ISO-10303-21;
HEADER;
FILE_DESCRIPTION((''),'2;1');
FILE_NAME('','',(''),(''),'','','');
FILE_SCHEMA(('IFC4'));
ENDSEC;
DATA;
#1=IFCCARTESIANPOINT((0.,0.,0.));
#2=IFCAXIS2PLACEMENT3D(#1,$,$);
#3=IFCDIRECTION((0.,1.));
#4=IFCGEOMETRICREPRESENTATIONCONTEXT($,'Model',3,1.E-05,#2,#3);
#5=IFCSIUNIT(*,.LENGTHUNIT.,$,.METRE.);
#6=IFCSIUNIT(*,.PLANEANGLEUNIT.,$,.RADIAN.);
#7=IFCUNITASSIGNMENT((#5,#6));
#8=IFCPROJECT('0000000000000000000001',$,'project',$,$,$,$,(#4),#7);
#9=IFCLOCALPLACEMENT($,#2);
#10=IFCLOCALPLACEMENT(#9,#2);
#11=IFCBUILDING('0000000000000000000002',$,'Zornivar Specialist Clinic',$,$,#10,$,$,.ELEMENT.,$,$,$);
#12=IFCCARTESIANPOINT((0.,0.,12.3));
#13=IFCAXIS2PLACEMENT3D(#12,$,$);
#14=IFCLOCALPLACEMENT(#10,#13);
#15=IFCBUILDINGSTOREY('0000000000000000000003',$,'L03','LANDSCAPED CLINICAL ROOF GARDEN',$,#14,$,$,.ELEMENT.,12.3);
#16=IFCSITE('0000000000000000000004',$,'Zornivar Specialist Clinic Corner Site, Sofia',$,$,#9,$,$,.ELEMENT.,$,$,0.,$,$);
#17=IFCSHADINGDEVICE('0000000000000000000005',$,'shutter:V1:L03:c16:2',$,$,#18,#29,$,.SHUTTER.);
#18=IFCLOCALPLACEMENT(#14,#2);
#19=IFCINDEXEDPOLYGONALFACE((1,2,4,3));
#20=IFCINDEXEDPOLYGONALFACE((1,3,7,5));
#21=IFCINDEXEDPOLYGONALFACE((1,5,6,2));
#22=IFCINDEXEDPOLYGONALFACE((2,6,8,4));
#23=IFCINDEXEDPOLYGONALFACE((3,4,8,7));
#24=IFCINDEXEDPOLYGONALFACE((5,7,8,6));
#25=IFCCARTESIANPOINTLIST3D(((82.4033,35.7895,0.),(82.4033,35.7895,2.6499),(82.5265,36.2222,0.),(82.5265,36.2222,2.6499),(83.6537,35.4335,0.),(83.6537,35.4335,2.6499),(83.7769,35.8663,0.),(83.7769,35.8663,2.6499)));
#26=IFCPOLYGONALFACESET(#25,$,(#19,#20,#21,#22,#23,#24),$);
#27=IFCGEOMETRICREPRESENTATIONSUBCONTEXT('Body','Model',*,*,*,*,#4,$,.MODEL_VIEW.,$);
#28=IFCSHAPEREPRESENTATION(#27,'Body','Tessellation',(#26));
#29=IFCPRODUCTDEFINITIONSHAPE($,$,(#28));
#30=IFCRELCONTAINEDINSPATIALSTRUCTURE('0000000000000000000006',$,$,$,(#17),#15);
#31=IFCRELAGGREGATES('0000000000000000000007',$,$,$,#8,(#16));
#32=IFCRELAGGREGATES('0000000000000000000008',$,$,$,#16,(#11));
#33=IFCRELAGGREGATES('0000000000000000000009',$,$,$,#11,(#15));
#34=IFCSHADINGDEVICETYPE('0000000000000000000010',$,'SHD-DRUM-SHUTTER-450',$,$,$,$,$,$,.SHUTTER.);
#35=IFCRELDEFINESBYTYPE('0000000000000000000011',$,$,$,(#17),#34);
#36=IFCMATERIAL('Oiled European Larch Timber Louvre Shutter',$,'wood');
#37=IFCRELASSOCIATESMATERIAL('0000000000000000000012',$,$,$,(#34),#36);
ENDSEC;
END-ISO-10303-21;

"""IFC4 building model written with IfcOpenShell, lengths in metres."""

from ifc_helpers import new_model, si_unit, direction, frame, origin, origin_2d, place, context, subcontext, project, spatial, rectangle, extrude, material, type_object, element, save


model = new_model("IFC4")

# Units and contexts
model_context = context("Model", 3, precision=1e-05, world=origin(), true_north=direction((0.0, 1.0)))
body_context = subcontext(model_context, "Body", "Model", "MODEL_VIEW")
ifc_project = project(units=[si_unit("LENGTHUNIT", "METRE"), si_unit("PLANEANGLEUNIT", "RADIAN")], contexts=[model_context])

# Site, building, storey
site_placement = place(None, origin())
site = spatial("IfcSite", under=ifc_project, at=site_placement, Name="Zornivar Specialist Clinic Corner Site, Sofia", CompositionType="ELEMENT", RefElevation=0.0)
building_placement = place(site_placement, origin())
building = spatial("IfcBuilding", under=site, at=building_placement, Name="Zornivar Specialist Clinic", CompositionType="ELEMENT")
storey_placement = place(building_placement, frame((0.0, 0.0, 12.3)))
storey = spatial("IfcBuildingStorey", under=building, at=storey_placement, Name="L03", Description="LANDSCAPED CLINICAL ROOF GARDEN", CompositionType="ELEMENT", Elevation=12.3)

# Shading device
ifc_material_1 = material(Name="Oiled European Larch Timber Louvre Shutter", Category="wood")
shading_device_type = type_object("IfcShadingDeviceType", Name="SHD-DRUM-SHUTTER-450", PredefinedType="SHUTTER", material=ifc_material_1)
for number, where, z_axis, x_axis, name in (
    (1, (83.0901, 35.8279, 0.0), (0.0, 0.0, 1.0), (0.961785, -0.273805, 0.0), "shutter:V1:L03:c16:2"),
):
    element("IfcShadingDevice", number, at=place(storey_placement, frame(where, z_axis=z_axis, x_axis=x_axis)), inside=storey, type_object=shading_device_type, Name=name, PredefinedType="SHUTTER", context=body_context, shape_type="SweptSolid", body=[
        extrude(rectangle(XDim=1.3, YDim=0.45, at=origin_2d()), origin(), (0.0, 0.0, 1.0), 2.6499),
    ])

save(model, "model.ifc")
